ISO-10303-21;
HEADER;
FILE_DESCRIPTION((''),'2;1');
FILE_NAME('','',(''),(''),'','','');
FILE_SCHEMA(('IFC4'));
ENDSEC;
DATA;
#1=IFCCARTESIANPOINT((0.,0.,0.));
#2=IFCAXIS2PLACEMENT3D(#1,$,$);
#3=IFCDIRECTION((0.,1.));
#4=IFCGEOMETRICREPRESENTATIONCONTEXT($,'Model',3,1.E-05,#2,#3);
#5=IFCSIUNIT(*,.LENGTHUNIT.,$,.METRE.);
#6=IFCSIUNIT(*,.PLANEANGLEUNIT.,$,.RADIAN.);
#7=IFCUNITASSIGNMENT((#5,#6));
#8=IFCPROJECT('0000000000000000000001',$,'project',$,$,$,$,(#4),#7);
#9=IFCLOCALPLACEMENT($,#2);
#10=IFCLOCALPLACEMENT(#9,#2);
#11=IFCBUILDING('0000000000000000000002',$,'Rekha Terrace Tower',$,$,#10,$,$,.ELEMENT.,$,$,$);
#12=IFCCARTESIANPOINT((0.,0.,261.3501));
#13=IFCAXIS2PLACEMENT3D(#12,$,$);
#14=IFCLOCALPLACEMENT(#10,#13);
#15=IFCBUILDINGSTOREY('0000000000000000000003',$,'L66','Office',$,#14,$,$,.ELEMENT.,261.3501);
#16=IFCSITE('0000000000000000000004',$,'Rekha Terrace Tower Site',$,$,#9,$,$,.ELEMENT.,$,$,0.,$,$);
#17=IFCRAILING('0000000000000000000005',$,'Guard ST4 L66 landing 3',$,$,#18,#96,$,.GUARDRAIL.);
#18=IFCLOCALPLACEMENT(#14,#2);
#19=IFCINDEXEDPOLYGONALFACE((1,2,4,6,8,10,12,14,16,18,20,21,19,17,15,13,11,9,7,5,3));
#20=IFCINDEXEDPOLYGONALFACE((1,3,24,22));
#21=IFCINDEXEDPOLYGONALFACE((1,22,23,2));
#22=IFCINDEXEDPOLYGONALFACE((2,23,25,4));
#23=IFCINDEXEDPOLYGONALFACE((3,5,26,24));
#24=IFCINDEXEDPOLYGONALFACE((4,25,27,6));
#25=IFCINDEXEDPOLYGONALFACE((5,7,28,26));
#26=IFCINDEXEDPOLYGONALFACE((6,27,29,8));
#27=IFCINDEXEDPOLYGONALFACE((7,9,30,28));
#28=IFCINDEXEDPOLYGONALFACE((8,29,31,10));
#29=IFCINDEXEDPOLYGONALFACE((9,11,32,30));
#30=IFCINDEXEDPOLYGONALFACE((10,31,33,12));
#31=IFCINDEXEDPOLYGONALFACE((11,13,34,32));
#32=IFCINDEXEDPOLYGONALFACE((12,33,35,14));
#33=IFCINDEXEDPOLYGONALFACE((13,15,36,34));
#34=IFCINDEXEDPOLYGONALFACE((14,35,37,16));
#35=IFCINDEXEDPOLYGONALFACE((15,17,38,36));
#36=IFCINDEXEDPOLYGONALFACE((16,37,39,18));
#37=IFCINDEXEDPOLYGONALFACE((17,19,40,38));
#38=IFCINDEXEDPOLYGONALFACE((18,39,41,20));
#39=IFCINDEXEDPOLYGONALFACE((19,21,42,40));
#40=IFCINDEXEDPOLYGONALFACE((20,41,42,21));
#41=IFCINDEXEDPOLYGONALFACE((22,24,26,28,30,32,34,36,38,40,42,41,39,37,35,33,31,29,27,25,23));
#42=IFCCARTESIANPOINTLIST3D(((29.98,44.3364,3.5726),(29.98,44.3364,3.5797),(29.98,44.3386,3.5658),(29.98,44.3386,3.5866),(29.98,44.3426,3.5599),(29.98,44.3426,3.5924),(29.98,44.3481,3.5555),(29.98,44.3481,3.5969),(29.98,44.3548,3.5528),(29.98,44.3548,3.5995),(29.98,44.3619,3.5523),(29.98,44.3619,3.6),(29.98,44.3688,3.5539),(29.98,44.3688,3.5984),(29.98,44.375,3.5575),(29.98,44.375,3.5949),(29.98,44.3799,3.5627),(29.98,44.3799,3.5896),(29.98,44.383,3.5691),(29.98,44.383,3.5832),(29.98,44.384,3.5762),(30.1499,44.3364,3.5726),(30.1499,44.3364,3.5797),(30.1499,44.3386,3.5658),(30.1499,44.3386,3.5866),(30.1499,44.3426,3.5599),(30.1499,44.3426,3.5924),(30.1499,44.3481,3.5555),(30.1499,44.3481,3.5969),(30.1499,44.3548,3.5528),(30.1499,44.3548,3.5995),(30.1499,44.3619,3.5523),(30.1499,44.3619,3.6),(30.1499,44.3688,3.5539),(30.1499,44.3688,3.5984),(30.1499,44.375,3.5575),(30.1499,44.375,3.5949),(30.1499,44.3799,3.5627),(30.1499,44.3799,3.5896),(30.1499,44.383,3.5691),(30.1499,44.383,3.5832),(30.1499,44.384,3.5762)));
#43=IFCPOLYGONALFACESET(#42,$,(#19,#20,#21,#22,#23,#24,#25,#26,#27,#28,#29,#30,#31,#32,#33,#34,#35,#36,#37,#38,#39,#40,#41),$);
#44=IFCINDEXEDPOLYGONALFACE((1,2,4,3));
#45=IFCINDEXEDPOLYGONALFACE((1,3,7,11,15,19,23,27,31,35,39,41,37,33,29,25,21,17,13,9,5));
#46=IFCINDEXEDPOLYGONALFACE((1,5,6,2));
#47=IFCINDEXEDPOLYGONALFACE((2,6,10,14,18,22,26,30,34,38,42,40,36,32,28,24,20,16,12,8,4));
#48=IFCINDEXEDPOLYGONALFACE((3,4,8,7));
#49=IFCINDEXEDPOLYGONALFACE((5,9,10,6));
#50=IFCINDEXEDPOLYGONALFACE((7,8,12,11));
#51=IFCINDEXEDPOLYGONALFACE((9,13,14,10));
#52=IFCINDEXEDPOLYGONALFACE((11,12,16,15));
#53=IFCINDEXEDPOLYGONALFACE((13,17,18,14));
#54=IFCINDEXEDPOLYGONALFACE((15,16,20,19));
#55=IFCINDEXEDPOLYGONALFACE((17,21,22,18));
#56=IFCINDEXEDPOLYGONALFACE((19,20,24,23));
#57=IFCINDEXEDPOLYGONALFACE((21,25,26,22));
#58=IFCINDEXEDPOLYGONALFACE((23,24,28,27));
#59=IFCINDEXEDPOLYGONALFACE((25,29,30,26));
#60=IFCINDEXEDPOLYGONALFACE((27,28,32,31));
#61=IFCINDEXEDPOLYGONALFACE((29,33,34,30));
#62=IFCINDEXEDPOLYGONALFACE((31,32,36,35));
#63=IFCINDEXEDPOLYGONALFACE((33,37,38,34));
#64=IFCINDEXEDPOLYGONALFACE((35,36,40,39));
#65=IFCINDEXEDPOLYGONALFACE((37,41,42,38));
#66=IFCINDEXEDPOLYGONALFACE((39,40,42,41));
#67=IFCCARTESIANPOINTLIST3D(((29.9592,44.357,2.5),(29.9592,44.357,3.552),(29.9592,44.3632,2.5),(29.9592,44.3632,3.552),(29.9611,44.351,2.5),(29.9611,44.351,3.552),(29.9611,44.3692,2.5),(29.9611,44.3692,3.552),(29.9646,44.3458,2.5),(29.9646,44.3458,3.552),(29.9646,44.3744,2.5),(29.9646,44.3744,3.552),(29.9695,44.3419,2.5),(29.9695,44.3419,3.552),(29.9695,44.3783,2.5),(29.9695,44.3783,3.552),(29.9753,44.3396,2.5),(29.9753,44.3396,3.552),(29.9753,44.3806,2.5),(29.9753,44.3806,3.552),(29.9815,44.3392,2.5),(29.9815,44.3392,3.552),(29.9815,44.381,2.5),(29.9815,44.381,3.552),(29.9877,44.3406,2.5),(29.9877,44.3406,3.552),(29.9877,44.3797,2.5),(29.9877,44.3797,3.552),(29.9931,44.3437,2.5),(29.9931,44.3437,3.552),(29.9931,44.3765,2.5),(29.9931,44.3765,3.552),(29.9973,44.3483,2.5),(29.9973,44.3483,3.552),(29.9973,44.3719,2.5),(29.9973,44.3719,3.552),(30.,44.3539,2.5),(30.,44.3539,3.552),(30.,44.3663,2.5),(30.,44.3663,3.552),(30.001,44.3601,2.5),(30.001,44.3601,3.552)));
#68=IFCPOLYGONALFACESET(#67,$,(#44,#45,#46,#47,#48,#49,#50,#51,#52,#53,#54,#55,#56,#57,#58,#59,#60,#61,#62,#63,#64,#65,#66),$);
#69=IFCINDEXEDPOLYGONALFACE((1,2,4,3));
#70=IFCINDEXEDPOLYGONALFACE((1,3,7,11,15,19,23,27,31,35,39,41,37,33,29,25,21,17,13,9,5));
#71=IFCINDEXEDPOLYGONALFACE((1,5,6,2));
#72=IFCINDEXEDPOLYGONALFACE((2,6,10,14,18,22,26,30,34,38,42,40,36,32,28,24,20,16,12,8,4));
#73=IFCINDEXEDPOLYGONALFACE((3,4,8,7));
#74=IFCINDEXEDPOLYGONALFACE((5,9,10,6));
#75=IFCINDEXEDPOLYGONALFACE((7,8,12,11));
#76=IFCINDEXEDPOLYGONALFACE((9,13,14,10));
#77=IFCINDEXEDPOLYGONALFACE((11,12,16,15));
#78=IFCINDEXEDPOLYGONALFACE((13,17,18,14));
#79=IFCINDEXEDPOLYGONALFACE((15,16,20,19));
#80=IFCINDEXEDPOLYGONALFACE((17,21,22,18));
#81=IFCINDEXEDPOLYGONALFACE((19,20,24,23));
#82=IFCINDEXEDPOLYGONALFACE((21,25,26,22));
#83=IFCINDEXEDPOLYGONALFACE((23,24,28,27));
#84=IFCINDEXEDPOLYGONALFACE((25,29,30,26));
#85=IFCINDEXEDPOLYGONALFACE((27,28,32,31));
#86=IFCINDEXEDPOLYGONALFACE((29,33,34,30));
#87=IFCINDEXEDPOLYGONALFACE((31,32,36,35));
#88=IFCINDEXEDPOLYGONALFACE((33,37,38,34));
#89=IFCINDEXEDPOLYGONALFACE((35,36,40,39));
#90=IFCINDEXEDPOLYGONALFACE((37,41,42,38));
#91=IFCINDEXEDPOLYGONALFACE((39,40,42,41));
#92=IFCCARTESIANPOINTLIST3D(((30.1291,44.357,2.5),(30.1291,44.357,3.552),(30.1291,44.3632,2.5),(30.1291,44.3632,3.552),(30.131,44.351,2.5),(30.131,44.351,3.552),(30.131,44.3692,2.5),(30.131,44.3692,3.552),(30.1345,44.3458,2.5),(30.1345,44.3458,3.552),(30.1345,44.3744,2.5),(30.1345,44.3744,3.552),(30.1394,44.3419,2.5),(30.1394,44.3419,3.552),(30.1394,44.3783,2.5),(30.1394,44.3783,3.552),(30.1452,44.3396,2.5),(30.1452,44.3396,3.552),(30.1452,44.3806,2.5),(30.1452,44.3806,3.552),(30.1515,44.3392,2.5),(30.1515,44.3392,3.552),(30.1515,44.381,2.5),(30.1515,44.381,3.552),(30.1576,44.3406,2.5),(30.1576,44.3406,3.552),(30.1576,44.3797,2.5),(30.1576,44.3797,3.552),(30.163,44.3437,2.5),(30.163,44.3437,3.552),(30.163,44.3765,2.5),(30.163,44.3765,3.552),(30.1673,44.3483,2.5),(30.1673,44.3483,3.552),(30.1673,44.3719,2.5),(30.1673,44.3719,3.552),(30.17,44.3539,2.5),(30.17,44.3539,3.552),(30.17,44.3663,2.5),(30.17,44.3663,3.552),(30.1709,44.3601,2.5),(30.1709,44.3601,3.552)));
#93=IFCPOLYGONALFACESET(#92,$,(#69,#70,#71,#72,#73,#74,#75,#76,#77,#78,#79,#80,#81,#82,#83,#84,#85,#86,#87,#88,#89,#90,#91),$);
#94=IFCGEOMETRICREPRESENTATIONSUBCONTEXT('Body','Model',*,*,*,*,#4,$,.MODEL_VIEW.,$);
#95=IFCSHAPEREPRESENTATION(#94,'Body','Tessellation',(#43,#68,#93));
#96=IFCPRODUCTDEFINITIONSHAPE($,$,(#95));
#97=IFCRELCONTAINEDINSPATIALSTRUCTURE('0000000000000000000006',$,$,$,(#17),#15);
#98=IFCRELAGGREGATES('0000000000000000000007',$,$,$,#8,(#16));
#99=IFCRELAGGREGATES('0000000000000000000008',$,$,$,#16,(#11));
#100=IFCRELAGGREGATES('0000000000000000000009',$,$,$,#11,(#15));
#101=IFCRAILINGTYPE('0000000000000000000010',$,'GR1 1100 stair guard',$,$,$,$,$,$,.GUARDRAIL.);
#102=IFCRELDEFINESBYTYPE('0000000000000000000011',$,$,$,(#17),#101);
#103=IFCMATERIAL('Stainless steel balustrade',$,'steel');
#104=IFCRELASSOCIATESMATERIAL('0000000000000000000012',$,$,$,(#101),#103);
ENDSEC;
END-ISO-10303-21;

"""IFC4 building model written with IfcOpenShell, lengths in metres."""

from ifc_helpers import new_model, si_unit, direction, frame, origin, origin_2d, place, context, subcontext, project, spatial, circle, extrude, material, type_object, element, save


model = new_model("IFC4")

# Units and contexts
model_context = context("Model", 3, precision=1e-05, world=origin(), true_north=direction((0.0, 1.0)))
body_context = subcontext(model_context, "Body", "Model", "MODEL_VIEW")
ifc_project = project(units=[si_unit("LENGTHUNIT", "METRE"), si_unit("PLANEANGLEUNIT", "RADIAN")], contexts=[model_context])

# Site, building, storey
site_placement = place(None, origin())
site = spatial("IfcSite", under=ifc_project, at=site_placement, Name="Rekha Terrace Tower Site", CompositionType="ELEMENT", RefElevation=0.0)
building_placement = place(site_placement, origin())
building = spatial("IfcBuilding", under=site, at=building_placement, Name="Rekha Terrace Tower", CompositionType="ELEMENT")
storey_placement = place(building_placement, frame((0.0, 0.0, 261.3501)))
storey = spatial("IfcBuildingStorey", under=building, at=storey_placement, Name="L66", Description="Office", CompositionType="ELEMENT", Elevation=261.3501)

# Railing
ifc_material_1 = material(Name="Stainless steel balustrade", Category="steel")
railing_type_1 = type_object("IfcRailingType", Name="GR1 1100 stair guard", PredefinedType="GUARDRAIL", material=ifc_material_1)
railing_1_placement = place(storey_placement, frame((29.98, 44.3601, 2.5)))
element("IfcRailing", 1, at=railing_1_placement, inside=storey, type_object=railing_type_1, Name="Guard ST4 L66 landing 3", PredefinedType="GUARDRAIL", context=body_context, shape_type="SweptSolid", body=[
    extrude(circle(Radius=0.0239, at=origin_2d()), frame((0.0, 0.0, 1.0762), z_axis=(1.0, 0.0, 0.0), x_axis=(0.0, 1.0, 0.0)), (0.0, 0.0, 1.0), 0.1699),
    extrude(circle(Radius=0.021, at=origin_2d()), origin(), (0.0, 0.0, 1.0), 1.052),
    extrude(circle(Radius=0.021, at=origin_2d()), frame((0.1699, 0.0, 0.0)), (0.0, 0.0, 1.0), 1.052),
])

save(model, "model.ifc")
